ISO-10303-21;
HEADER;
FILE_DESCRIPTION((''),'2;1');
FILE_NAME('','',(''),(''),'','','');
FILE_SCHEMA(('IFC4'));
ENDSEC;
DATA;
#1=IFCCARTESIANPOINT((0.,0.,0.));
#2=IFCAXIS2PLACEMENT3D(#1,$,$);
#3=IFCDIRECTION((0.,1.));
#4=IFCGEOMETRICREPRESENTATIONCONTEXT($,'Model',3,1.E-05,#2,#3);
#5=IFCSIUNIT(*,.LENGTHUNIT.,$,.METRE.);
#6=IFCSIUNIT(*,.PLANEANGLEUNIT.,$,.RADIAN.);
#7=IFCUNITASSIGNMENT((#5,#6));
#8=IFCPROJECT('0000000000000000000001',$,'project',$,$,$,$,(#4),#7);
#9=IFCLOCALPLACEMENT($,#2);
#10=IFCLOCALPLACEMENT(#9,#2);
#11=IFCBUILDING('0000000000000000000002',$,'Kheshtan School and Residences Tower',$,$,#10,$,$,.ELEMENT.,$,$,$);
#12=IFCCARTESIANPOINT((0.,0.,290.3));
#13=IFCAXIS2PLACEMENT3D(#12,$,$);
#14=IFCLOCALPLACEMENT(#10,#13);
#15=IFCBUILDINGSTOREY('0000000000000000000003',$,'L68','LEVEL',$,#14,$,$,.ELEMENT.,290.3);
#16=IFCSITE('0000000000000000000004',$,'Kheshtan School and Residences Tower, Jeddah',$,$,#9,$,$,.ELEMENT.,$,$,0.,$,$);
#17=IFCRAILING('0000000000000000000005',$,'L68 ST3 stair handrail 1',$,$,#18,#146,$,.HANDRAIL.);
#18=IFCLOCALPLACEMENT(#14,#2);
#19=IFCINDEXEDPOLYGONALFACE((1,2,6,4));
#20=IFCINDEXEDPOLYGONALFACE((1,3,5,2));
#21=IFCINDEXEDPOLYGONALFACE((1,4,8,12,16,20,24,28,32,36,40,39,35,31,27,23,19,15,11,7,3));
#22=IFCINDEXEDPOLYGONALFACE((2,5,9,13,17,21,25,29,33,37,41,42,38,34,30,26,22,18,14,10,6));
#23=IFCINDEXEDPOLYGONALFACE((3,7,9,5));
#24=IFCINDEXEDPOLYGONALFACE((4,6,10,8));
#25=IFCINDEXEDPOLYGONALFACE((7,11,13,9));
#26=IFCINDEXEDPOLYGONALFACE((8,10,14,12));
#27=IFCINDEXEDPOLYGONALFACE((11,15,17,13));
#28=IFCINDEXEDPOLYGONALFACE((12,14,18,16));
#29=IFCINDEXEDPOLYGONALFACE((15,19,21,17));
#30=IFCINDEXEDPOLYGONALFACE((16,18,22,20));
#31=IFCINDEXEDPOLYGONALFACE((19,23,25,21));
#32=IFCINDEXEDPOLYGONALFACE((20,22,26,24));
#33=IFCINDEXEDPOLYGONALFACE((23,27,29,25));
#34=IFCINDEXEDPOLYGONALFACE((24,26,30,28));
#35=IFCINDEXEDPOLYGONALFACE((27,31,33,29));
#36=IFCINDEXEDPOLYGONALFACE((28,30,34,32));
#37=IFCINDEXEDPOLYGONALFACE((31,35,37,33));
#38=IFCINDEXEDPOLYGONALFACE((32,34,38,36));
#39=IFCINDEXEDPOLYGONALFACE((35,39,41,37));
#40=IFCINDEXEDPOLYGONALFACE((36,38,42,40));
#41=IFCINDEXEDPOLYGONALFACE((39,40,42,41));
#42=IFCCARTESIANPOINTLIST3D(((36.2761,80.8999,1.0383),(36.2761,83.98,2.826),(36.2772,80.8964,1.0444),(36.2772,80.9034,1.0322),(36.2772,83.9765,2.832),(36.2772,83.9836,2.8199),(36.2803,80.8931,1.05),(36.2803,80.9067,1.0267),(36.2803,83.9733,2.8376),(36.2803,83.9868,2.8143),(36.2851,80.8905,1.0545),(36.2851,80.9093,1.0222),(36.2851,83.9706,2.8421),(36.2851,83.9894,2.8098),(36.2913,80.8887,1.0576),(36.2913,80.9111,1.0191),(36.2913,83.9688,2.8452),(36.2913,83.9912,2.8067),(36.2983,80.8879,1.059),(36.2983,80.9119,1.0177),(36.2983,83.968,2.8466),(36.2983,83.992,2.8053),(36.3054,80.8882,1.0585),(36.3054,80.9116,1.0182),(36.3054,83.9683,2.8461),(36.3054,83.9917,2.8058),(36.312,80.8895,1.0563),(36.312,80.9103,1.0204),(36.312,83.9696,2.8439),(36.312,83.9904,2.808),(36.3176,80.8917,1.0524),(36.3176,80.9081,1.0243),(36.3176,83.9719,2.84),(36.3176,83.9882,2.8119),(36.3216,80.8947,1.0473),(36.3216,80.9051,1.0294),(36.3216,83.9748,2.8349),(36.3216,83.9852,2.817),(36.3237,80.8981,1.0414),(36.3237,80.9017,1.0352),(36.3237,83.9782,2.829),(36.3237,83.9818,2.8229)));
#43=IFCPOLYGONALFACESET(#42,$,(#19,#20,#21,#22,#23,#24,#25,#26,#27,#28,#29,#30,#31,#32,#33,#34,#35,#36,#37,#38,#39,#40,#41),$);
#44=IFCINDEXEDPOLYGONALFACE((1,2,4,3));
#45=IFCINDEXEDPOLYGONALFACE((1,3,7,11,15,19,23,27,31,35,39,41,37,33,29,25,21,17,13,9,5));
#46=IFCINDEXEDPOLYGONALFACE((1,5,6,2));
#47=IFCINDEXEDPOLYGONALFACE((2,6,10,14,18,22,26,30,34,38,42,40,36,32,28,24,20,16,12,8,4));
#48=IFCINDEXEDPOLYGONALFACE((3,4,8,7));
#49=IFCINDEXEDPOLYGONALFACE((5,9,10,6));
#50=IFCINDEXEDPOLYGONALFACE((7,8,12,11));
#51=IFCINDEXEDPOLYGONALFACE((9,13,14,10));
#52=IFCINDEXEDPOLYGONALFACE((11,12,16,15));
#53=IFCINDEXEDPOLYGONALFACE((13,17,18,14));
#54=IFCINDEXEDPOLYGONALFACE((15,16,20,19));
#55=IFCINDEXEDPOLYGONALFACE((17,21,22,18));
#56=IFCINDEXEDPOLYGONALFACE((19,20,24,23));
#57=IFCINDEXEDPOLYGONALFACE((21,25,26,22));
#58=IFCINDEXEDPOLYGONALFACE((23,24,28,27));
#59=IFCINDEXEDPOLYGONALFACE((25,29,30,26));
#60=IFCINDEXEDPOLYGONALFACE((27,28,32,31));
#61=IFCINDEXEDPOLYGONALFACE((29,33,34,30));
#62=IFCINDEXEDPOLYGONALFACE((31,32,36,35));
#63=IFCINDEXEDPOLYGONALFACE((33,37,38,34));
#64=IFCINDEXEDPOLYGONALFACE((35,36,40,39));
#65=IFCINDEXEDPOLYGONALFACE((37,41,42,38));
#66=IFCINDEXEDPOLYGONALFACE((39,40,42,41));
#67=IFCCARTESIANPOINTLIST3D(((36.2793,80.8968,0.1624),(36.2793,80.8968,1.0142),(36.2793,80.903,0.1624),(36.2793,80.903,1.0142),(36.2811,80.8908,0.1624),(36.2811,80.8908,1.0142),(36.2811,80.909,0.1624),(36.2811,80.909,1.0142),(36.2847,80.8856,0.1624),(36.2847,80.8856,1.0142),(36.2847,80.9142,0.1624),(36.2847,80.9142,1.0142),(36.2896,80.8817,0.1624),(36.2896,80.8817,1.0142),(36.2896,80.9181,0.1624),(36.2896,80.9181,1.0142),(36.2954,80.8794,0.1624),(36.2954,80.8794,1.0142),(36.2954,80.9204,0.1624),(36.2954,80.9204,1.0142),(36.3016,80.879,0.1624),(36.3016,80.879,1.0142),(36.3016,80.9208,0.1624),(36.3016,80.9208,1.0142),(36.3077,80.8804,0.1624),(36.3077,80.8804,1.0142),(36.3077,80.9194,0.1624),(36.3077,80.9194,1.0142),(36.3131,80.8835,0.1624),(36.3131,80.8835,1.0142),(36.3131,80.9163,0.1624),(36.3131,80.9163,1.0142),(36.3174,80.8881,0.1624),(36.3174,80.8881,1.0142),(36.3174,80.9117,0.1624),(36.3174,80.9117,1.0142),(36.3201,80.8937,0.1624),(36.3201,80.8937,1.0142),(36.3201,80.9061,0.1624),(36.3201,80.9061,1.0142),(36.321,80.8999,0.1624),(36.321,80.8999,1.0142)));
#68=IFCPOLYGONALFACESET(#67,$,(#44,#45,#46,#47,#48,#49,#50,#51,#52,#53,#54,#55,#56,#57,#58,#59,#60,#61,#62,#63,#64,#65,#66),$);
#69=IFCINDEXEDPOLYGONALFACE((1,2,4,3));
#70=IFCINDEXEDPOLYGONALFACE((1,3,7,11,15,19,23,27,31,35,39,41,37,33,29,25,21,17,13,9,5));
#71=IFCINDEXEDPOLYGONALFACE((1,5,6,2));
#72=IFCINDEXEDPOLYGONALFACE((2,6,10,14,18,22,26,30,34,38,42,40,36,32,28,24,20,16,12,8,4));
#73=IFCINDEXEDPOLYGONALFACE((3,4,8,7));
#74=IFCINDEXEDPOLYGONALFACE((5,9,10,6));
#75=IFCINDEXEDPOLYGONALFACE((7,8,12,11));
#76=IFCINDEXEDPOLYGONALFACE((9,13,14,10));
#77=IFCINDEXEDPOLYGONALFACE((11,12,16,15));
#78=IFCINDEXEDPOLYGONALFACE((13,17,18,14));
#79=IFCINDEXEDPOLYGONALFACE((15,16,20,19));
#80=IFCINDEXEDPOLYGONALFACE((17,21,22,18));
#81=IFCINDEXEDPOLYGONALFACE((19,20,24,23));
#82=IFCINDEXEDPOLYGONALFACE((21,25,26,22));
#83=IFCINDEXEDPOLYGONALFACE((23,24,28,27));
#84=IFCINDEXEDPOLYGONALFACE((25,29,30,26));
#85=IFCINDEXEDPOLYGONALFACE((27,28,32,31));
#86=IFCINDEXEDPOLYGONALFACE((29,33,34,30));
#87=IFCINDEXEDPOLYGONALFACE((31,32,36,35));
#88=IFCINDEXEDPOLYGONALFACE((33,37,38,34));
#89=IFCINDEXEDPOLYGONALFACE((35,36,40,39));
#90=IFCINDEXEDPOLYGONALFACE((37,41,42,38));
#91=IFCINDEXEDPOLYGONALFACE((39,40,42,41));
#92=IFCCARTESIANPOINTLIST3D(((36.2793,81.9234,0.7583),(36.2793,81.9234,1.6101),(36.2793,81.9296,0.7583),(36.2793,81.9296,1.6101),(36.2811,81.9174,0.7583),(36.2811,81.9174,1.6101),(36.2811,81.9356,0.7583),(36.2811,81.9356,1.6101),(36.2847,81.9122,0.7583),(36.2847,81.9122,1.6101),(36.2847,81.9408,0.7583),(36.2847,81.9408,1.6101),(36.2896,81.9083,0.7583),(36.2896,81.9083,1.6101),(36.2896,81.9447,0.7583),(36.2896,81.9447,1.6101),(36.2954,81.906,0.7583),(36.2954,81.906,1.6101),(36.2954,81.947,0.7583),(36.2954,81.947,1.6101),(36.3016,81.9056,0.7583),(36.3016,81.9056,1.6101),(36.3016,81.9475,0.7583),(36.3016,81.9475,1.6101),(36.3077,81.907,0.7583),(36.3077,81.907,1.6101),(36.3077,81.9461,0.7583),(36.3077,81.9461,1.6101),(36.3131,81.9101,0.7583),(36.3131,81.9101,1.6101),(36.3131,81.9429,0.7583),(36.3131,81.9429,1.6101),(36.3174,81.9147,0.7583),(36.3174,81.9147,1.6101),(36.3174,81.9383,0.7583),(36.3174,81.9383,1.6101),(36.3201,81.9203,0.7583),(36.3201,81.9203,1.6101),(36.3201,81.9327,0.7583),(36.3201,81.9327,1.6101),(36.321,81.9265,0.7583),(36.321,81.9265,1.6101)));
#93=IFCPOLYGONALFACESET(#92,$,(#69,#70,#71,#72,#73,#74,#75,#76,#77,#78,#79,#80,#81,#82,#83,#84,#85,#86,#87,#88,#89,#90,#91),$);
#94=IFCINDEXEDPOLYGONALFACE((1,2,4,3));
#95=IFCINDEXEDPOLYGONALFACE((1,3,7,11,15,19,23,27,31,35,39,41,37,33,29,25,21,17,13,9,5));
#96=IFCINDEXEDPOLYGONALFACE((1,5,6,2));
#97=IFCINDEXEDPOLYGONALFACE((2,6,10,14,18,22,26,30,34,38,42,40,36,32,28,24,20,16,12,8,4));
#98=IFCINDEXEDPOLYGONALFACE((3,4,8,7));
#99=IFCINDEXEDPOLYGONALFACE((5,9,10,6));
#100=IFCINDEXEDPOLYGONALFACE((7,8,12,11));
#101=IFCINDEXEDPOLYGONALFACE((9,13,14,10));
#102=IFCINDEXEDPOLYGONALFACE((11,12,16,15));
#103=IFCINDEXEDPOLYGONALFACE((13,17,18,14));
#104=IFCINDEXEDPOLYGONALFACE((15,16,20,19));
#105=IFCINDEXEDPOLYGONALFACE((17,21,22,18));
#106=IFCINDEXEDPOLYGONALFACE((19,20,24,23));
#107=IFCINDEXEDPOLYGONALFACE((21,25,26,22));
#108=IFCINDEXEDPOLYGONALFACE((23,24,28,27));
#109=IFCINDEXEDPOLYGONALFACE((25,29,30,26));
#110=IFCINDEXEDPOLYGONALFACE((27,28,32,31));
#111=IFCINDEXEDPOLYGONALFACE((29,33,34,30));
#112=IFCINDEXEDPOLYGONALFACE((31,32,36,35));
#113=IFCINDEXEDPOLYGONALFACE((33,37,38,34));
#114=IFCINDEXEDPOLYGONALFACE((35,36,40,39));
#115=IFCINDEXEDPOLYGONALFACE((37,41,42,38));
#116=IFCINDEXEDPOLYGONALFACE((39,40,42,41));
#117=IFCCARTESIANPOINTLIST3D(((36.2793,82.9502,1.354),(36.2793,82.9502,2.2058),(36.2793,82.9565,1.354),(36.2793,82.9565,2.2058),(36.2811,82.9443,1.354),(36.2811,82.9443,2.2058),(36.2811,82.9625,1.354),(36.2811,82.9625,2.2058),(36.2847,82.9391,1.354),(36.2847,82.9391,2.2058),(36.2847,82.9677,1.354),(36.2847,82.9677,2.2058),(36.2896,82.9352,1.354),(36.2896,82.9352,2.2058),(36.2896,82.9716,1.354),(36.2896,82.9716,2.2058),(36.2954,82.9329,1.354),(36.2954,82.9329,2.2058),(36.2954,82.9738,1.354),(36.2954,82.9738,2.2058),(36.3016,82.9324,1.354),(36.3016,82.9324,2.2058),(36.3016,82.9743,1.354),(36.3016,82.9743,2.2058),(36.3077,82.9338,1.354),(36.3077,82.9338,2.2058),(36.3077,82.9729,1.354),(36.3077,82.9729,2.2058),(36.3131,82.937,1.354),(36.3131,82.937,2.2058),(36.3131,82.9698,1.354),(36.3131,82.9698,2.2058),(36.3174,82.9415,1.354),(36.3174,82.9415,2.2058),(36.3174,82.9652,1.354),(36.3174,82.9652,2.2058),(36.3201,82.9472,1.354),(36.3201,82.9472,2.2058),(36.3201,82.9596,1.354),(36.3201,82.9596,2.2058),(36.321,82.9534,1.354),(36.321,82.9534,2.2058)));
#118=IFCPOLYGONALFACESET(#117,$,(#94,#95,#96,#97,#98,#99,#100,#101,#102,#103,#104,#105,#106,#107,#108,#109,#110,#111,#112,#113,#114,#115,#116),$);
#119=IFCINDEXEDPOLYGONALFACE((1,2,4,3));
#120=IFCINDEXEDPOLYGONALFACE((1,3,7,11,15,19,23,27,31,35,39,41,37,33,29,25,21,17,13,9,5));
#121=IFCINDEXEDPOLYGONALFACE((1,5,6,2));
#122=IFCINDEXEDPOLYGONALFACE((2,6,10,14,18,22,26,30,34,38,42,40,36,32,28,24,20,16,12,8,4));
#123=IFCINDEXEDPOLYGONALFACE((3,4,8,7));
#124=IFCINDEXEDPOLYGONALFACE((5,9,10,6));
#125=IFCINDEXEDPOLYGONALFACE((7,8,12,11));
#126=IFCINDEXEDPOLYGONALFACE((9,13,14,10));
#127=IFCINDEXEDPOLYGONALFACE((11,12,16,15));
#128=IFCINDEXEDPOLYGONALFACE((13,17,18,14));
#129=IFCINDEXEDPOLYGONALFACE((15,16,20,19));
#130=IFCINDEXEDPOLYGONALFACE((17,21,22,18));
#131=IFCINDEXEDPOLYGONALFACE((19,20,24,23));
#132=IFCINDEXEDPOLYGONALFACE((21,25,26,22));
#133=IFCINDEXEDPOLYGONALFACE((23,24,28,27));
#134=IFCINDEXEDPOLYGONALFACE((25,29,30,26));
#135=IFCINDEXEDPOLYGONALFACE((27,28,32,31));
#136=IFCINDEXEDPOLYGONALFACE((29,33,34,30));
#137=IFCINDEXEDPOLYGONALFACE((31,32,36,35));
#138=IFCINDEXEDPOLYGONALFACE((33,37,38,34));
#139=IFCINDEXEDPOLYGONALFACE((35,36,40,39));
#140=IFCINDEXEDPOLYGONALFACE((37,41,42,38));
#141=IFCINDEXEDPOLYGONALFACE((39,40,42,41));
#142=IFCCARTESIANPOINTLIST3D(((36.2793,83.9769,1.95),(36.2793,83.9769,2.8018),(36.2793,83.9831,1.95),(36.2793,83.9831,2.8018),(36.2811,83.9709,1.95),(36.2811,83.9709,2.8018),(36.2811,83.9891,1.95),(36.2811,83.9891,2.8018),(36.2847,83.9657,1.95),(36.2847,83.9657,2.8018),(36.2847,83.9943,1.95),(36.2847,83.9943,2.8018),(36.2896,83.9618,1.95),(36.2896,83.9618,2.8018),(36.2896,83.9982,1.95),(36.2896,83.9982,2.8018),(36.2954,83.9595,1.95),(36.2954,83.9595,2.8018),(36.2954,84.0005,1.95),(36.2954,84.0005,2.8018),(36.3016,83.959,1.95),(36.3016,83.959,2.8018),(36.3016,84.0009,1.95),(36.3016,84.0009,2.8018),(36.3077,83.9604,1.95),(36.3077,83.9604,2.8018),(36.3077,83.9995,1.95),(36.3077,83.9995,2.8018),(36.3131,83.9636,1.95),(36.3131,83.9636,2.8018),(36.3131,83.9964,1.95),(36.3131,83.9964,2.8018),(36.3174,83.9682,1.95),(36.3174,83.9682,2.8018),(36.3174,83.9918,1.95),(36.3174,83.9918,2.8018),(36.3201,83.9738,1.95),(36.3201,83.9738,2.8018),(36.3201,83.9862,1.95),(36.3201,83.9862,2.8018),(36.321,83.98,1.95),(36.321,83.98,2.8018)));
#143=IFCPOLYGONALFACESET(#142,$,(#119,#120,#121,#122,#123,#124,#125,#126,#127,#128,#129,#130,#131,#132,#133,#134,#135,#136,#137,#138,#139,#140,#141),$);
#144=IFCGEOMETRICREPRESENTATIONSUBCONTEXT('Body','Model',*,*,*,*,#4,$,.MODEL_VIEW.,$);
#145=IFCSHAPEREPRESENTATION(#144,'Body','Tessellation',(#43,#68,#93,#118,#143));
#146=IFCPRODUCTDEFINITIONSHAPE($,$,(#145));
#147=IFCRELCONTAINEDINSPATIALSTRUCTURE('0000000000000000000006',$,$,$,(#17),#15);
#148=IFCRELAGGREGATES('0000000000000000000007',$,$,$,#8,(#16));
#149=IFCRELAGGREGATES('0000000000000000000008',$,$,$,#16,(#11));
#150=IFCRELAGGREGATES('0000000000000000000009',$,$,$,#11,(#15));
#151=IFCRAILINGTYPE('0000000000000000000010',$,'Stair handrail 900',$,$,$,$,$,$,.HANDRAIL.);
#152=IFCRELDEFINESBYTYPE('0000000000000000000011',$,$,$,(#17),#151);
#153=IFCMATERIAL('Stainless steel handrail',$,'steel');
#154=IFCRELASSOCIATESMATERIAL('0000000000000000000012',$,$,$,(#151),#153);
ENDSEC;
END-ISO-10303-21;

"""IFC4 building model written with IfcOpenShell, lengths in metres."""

from ifc_helpers import new_model, si_unit, direction, frame, origin, origin_2d, place, context, subcontext, project, spatial, circle, extrude, material, type_object, element, save


model = new_model("IFC4")

# Units and contexts
model_context = context("Model", 3, precision=1e-05, world=origin(), true_north=direction((0.0, 1.0)))
body_context = subcontext(model_context, "Body", "Model", "MODEL_VIEW")
ifc_project = project(units=[si_unit("LENGTHUNIT", "METRE"), si_unit("PLANEANGLEUNIT", "RADIAN")], contexts=[model_context])

# Site, building, storey
site_placement = place(None, origin())
site = spatial("IfcSite", under=ifc_project, at=site_placement, Name="Kheshtan School and Residences Tower, Jeddah", CompositionType="ELEMENT", RefElevation=0.0)
building_placement = place(site_placement, origin())
building = spatial("IfcBuilding", under=site, at=building_placement, Name="Kheshtan School and Residences Tower", CompositionType="ELEMENT")
storey_placement = place(building_placement, frame((0.0, 0.0, 290.3)))
storey = spatial("IfcBuildingStorey", under=building, at=storey_placement, Name="L68", Description="LEVEL", CompositionType="ELEMENT", Elevation=290.3)

# Railing
ifc_material_1 = material(Name="Stainless steel handrail", Category="steel")
railing_type_1 = type_object("IfcRailingType", Name="Stair handrail 900", PredefinedType="HANDRAIL", material=ifc_material_1)
railing_1_placement = place(storey_placement, frame((36.3, 80.8999, 0.1624)))
element("IfcRailing", 1, at=railing_1_placement, inside=storey, type_object=railing_type_1, Name="L68 ST3 stair handrail 1", PredefinedType="HANDRAIL", context=body_context, shape_type="SweptSolid", body=[
    extrude(circle(Radius=0.0239, at=origin_2d()), frame((0.0, 0.0, 0.876), z_axis=(0.0, 0.864891, 0.50196), x_axis=(-1.0, 0.0, 0.0)), (0.0, 0.0, 1.0), 3.5613),
    extrude(circle(Radius=0.021, at=origin_2d()), origin(), (0.0, 0.0, 1.0), 0.8518),
    extrude(circle(Radius=0.021, at=origin_2d()), frame((0.0, 1.0266, 0.5959)), (0.0, 0.0, 1.0), 0.8518),
    extrude(circle(Radius=0.021, at=origin_2d()), frame((0.0, 2.0535, 1.1917)), (0.0, 0.0, 1.0), 0.8518),
    extrude(circle(Radius=0.021, at=origin_2d()), frame((0.0, 3.0801, 1.7876)), (0.0, 0.0, 1.0), 0.8518),
])

save(model, "model.ifc")
